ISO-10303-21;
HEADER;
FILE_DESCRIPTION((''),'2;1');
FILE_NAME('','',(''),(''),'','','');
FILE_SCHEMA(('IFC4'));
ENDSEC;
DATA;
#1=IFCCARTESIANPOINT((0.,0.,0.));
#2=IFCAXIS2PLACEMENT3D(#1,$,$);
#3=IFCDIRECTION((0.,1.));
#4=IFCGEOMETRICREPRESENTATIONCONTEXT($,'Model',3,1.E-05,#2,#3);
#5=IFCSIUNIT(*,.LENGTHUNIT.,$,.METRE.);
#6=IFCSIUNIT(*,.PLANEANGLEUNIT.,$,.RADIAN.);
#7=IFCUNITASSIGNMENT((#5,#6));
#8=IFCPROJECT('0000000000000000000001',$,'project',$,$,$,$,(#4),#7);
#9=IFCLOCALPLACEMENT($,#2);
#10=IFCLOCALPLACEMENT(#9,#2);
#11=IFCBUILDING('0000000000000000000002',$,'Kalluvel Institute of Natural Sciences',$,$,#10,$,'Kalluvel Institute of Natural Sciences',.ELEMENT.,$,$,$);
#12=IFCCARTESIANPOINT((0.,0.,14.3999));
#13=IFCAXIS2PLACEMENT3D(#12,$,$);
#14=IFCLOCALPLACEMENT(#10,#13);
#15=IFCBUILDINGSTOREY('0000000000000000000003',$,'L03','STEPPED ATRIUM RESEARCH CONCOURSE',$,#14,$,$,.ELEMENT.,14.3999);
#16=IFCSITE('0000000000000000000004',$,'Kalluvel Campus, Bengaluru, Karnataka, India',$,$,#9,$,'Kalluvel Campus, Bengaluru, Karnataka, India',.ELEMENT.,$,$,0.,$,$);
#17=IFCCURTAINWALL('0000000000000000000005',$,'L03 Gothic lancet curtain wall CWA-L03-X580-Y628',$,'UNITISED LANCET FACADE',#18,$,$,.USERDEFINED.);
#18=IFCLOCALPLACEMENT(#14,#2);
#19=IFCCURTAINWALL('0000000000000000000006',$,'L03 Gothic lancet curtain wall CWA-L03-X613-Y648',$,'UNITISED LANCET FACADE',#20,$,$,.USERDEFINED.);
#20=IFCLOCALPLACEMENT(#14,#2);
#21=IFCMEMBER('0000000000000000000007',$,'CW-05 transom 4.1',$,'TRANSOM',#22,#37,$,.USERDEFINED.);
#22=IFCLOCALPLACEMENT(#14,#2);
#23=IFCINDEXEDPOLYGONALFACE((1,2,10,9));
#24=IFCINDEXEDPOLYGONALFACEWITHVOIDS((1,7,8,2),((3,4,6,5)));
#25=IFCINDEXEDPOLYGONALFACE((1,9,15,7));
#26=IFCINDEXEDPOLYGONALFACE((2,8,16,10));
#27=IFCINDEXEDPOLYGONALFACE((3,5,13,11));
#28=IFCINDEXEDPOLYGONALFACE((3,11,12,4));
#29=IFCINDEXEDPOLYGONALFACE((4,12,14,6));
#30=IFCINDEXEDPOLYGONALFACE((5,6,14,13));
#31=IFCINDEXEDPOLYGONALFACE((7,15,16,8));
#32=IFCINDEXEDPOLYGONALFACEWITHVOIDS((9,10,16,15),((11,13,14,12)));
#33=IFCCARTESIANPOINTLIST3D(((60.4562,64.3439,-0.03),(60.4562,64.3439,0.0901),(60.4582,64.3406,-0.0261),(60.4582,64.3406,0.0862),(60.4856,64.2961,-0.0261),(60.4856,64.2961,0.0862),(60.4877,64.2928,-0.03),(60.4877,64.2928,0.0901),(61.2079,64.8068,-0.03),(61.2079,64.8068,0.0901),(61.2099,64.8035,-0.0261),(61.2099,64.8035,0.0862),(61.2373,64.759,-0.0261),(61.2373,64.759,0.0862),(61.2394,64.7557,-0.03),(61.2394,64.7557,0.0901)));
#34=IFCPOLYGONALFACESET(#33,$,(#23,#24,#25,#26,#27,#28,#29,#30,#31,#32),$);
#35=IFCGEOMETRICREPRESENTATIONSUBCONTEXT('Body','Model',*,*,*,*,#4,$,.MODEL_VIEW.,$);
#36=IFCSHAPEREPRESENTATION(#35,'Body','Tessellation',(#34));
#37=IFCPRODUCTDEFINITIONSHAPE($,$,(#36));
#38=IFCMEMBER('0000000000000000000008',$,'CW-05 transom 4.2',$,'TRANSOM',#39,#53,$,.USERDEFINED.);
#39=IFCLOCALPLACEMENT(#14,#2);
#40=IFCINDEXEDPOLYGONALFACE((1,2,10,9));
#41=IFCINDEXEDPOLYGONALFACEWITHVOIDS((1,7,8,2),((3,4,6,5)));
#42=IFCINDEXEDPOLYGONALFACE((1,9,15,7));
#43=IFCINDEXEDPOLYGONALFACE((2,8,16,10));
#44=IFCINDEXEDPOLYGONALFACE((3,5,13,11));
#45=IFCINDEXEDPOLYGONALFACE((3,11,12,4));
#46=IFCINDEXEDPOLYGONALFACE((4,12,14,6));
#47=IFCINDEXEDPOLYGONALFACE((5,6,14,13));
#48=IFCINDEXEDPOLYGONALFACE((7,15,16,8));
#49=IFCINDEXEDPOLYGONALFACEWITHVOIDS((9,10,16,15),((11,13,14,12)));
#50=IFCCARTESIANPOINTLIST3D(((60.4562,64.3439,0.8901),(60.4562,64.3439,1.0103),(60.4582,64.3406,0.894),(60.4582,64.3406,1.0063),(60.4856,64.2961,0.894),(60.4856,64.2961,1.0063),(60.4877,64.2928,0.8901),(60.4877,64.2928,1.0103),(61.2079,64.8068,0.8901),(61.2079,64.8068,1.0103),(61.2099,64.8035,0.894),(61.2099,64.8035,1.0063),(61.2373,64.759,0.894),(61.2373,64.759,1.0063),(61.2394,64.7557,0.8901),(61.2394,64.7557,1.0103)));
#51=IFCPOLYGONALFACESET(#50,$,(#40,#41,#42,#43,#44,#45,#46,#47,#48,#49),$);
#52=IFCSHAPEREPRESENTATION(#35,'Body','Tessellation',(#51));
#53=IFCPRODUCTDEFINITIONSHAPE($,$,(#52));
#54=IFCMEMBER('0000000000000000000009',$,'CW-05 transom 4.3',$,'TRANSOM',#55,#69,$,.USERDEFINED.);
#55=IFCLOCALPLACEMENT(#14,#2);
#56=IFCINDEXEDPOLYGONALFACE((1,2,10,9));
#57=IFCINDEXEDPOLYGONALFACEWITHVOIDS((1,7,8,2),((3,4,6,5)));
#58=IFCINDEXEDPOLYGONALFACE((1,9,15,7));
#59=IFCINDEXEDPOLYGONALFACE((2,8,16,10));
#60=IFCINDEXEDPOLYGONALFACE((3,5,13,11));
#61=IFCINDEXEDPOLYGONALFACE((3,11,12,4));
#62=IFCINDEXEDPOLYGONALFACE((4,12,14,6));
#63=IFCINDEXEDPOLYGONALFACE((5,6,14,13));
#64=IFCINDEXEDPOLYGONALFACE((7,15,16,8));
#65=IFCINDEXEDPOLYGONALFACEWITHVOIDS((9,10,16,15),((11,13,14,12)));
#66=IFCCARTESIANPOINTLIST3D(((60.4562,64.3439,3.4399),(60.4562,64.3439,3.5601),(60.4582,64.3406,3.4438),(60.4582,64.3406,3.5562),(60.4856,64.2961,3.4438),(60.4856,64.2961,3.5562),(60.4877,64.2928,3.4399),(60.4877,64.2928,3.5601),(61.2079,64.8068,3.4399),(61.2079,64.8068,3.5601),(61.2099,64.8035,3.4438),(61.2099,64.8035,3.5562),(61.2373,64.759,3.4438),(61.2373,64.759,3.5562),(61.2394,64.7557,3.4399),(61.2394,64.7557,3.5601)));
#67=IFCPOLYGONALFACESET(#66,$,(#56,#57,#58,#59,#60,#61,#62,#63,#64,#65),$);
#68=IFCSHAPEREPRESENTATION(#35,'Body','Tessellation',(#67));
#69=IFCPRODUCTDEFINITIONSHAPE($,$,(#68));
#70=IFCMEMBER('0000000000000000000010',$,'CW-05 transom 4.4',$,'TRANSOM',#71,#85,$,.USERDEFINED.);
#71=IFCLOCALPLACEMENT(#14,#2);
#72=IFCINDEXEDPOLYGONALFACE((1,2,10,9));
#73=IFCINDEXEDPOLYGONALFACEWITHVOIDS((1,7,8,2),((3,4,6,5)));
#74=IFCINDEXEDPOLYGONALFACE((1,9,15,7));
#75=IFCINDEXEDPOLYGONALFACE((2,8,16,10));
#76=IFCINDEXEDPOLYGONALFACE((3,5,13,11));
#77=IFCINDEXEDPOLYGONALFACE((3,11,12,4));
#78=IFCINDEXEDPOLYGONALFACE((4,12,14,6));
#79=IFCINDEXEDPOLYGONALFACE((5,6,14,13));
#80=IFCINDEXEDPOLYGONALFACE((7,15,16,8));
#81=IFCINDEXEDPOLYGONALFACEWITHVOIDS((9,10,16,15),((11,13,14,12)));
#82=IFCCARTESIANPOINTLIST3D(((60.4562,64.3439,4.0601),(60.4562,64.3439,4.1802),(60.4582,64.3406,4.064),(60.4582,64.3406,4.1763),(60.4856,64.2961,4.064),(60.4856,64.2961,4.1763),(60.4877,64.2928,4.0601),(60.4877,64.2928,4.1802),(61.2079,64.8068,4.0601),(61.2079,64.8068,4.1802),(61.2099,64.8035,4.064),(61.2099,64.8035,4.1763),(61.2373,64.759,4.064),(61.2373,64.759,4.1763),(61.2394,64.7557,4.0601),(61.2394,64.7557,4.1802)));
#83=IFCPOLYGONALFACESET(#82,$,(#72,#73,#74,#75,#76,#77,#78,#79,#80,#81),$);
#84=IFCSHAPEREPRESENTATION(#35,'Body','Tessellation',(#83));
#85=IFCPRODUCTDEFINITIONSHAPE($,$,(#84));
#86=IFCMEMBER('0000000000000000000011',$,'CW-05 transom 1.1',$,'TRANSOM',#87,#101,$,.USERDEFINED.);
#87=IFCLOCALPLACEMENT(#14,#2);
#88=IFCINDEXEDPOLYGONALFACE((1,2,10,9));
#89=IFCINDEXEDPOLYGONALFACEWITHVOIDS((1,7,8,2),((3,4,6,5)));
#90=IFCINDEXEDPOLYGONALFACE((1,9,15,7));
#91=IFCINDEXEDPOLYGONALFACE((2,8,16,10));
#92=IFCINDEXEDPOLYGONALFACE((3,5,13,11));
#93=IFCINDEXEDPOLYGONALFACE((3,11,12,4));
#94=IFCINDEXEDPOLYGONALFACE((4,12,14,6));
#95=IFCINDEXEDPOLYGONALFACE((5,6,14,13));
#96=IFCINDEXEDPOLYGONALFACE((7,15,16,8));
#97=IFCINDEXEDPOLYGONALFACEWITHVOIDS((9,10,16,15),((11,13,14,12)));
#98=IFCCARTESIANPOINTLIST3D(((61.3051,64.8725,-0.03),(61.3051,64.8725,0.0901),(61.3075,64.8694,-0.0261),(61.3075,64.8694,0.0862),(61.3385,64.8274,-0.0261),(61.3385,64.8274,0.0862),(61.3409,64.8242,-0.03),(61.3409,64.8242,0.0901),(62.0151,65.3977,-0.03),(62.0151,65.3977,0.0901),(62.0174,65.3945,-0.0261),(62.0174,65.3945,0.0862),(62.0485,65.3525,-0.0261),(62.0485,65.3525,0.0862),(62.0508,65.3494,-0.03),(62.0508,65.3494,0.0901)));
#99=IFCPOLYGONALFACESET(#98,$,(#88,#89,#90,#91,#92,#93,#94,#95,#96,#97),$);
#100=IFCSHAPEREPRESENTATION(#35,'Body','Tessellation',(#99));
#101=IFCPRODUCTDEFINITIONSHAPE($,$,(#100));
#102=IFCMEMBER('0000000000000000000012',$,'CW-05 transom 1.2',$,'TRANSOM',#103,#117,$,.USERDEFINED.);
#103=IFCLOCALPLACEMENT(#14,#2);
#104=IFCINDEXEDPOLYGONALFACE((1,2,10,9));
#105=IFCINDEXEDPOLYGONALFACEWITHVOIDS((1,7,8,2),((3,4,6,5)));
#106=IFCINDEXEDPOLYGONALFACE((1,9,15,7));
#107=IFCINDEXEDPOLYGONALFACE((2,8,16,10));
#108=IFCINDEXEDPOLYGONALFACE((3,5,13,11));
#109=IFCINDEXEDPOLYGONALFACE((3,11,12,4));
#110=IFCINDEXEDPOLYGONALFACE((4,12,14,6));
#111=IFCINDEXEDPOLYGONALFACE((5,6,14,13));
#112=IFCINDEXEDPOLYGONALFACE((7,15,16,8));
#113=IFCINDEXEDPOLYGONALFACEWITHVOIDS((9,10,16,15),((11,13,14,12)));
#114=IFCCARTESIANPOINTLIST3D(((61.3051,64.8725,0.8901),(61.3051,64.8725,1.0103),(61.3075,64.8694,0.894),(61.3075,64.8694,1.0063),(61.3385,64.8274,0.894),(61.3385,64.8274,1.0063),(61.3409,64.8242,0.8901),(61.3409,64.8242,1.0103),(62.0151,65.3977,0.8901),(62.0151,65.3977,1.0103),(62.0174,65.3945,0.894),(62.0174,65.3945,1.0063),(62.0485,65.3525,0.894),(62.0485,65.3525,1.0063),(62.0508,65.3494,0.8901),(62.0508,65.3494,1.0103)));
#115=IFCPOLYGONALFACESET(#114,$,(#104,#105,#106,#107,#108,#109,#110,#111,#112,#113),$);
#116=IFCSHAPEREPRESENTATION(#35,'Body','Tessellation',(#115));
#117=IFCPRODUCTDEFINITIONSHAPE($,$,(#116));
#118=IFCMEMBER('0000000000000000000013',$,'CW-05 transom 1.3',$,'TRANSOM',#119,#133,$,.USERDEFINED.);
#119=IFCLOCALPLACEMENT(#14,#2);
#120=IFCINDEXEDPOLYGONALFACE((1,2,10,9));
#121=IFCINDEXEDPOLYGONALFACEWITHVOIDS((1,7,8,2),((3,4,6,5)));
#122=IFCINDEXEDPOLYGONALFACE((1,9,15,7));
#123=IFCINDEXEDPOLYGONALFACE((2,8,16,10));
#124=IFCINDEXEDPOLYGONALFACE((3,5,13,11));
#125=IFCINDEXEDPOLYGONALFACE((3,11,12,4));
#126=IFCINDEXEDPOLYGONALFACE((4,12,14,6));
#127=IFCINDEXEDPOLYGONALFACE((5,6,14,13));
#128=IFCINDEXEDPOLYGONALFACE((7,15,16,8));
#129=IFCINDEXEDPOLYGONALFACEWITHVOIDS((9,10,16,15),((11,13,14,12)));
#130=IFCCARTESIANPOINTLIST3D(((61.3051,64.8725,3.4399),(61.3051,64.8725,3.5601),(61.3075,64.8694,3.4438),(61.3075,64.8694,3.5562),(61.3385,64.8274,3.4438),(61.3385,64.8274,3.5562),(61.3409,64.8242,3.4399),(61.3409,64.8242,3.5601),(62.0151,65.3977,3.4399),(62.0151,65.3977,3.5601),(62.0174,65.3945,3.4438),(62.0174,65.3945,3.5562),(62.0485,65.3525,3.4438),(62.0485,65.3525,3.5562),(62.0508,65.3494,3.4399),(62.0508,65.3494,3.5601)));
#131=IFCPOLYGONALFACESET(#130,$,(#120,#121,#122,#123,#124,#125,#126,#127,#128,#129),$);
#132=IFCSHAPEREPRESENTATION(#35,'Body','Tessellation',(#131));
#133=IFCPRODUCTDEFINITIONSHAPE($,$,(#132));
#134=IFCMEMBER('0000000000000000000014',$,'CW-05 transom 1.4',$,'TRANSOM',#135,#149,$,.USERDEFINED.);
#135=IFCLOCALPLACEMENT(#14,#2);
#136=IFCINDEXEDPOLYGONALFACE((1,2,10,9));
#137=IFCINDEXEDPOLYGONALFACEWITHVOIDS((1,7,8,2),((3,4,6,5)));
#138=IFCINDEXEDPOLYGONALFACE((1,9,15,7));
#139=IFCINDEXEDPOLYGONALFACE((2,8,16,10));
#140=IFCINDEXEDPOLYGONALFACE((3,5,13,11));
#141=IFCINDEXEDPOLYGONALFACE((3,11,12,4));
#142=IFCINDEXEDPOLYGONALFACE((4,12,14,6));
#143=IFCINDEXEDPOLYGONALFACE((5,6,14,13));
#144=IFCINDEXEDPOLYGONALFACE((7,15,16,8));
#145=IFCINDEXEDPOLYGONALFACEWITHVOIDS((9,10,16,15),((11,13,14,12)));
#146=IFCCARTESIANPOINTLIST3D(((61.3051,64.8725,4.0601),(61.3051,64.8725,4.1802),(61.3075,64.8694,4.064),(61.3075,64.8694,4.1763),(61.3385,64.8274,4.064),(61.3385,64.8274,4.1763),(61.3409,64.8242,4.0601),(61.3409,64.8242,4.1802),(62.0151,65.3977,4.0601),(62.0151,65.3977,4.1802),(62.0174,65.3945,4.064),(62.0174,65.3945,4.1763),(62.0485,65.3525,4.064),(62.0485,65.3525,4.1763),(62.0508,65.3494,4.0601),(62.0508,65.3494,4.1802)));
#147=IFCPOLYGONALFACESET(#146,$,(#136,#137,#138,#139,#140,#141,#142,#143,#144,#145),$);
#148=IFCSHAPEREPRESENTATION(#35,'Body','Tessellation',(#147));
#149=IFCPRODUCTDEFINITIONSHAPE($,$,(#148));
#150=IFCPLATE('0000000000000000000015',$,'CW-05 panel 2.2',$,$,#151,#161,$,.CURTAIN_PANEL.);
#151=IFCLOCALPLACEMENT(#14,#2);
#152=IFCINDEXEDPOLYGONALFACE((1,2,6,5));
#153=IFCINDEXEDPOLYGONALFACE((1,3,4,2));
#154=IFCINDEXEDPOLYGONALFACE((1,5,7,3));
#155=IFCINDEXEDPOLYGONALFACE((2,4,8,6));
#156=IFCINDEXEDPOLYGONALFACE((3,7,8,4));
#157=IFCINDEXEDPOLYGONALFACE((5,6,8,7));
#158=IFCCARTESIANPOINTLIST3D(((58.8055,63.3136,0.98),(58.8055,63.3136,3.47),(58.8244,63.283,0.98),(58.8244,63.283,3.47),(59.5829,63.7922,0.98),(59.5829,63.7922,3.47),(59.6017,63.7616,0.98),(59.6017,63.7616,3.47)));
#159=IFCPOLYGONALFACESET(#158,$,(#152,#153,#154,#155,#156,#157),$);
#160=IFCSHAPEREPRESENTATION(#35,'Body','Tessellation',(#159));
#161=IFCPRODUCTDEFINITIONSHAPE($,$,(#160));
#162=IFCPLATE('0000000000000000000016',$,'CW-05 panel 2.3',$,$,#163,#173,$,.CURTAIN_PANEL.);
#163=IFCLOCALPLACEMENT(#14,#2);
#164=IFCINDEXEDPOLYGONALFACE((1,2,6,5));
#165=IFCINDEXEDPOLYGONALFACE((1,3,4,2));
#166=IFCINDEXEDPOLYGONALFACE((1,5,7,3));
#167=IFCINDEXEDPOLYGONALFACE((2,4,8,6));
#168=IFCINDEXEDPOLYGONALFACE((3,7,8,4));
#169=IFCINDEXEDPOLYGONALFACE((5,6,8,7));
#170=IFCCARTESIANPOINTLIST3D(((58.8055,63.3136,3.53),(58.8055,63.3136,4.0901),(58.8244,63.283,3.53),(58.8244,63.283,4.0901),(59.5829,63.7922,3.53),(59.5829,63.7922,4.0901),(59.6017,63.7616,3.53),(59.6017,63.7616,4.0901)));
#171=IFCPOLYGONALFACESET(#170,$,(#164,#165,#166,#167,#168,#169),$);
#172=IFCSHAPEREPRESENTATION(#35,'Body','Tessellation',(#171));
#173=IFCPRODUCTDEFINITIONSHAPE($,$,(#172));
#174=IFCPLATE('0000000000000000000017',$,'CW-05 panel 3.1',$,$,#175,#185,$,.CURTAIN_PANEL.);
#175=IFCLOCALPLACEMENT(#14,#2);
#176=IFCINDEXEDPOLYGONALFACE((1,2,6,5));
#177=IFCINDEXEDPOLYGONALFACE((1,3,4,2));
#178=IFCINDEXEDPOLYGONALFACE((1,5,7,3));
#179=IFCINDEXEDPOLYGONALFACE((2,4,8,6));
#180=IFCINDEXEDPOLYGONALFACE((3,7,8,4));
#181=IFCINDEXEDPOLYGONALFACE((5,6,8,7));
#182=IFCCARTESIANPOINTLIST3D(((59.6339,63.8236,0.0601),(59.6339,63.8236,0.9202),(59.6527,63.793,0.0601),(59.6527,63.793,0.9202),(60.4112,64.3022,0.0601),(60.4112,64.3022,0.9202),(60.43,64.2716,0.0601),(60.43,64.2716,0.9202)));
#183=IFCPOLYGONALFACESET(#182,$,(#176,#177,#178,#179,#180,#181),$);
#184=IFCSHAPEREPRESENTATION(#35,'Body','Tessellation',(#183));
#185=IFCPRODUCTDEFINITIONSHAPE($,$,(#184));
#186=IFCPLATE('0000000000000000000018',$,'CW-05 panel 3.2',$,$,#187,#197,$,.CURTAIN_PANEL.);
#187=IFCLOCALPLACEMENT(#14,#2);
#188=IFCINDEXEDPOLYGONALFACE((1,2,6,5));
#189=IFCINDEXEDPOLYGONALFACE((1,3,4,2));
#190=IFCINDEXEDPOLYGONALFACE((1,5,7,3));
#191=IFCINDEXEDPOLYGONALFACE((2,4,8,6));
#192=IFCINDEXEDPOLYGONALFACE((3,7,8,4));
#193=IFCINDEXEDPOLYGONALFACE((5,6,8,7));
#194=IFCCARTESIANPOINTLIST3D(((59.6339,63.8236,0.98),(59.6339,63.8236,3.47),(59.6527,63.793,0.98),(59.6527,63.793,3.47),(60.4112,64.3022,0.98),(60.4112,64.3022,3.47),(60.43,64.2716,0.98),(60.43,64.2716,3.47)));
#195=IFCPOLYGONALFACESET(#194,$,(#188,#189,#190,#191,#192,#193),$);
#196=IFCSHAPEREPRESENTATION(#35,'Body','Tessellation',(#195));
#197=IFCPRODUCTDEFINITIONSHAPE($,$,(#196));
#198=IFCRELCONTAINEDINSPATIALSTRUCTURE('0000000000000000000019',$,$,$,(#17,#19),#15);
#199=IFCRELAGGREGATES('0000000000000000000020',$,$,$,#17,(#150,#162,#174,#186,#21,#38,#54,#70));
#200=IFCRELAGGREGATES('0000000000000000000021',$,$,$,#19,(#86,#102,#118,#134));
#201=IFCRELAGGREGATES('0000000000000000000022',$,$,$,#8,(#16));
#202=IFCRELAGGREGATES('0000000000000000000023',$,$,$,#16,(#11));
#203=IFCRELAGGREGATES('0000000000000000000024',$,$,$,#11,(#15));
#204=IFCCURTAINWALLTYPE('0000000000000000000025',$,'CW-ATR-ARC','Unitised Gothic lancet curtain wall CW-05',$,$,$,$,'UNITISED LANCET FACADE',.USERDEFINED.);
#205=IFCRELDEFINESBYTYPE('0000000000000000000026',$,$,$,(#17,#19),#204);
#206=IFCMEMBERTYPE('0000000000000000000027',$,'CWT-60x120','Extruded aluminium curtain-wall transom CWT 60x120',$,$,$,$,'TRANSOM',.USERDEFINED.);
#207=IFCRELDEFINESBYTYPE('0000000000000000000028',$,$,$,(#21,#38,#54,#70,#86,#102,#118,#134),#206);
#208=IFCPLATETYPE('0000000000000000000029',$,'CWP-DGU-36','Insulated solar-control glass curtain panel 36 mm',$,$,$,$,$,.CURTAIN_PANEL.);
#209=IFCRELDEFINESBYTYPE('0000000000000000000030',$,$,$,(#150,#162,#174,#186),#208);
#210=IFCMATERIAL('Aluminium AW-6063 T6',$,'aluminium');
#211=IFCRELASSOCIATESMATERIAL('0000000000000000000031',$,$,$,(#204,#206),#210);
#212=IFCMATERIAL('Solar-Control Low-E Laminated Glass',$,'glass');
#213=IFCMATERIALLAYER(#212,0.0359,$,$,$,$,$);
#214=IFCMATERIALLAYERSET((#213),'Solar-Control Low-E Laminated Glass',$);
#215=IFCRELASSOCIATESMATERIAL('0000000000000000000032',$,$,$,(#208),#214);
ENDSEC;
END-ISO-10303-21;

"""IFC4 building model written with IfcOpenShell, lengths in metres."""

from ifc_helpers import new_model, si_unit, direction, frame, origin, origin_2d, place, context, subcontext, project, spatial, rectangle, hollow_rectangle, extrude, material, layer, layer_set, material_profile, profile_set, type_object, element, aggregate, save


model = new_model("IFC4")

# Units and contexts
model_context = context("Model", 3, precision=1e-05, world=origin(), true_north=direction((0.0, 1.0)))
body_context = subcontext(model_context, "Body", "Model", "MODEL_VIEW")
ifc_project = project(units=[si_unit("LENGTHUNIT", "METRE"), si_unit("PLANEANGLEUNIT", "RADIAN")], contexts=[model_context])

# Site, building, storey
site_placement = place(None, origin())
site = spatial("IfcSite", under=ifc_project, at=site_placement, Name="Kalluvel Campus, Bengaluru, Karnataka, India", LongName="Kalluvel Campus, Bengaluru, Karnataka, India", CompositionType="ELEMENT", RefElevation=0.0)
building_placement = place(site_placement, origin())
building = spatial("IfcBuilding", under=site, at=building_placement, Name="Kalluvel Institute of Natural Sciences", LongName="Kalluvel Institute of Natural Sciences", CompositionType="ELEMENT")
storey_placement = place(building_placement, frame((0.0, 0.0, 14.3999)))
storey = spatial("IfcBuildingStorey", under=building, at=storey_placement, Name="L03", Description="STEPPED ATRIUM RESEARCH CONCOURSE", CompositionType="ELEMENT", Elevation=14.3999)

# Curtain wall
ifc_material_1 = material(Name="Aluminium AW-6063 T6", Category="aluminium")
curtain_wall_type = type_object("IfcCurtainWallType", Name="CW-ATR-ARC", Description="Unitised Gothic lancet curtain wall CW-05", ElementType="UNITISED LANCET FACADE", PredefinedType="USERDEFINED", material=ifc_material_1)
curtain_wall_1_placement = place(storey_placement, origin())
curtain_wall_1 = element("IfcCurtainWall", 1, at=curtain_wall_1_placement, inside=storey, type_object=curtain_wall_type, Name="L03 Gothic lancet curtain wall CWA-L03-X580-Y628", ObjectType="UNITISED LANCET FACADE", PredefinedType="USERDEFINED")

# Curtain wall
curtain_wall_2_placement = place(storey_placement, origin())
curtain_wall_2 = element("IfcCurtainWall", 2, at=curtain_wall_2_placement, inside=storey, type_object=curtain_wall_type, Name="L03 Gothic lancet curtain wall CWA-L03-X613-Y648", ObjectType="UNITISED LANCET FACADE", PredefinedType="USERDEFINED")

# Members
ifc_material_profile_1 = material_profile(ifc_material_1, hollow_rectangle(XDim=0.0601, YDim=0.1201, WallThickness=0.0039, at=origin_2d()), Name="CWT 60x120")
ifc_profile_set_1 = profile_set([ifc_material_profile_1], Name="Aluminium AW-6063 T6")
member_type_1 = type_object("IfcMemberType", Name="CWT-60x120", Description="Extruded aluminium curtain-wall transom CWT 60x120", ElementType="TRANSOM", PredefinedType="USERDEFINED", material=ifc_profile_set_1)
member_1_placement = place(storey_placement, frame((60.4719, 64.3184, 0.03), z_axis=(0.851506, 0.524344, 0.0), x_axis=(-0.524344, 0.851506, 0.0)))
member_1 = element("IfcMember", 3, at=member_1_placement, type_object=member_type_1, Name="CW-05 transom 4.1", ObjectType="TRANSOM", PredefinedType="USERDEFINED", context=body_context, shape_type="SweptSolid", body=[
    extrude(hollow_rectangle(XDim=0.0601, YDim=0.1201, WallThickness=0.0039, at=origin_2d()), origin(), (0.0, 0.0, 1.0), 0.8828),
])
member_2_placement = place(storey_placement, frame((60.4719, 64.3184, 0.9502), z_axis=(0.851506, 0.524344, 0.0), x_axis=(-0.524344, 0.851506, 0.0)))
member_2 = element("IfcMember", 4, at=member_2_placement, type_object=member_type_1, Name="CW-05 transom 4.2", ObjectType="TRANSOM", PredefinedType="USERDEFINED", context=body_context, shape_type="SweptSolid", body=[
    extrude(hollow_rectangle(XDim=0.0601, YDim=0.1201, WallThickness=0.0039, at=origin_2d()), origin(), (0.0, 0.0, 1.0), 0.8828),
])
member_3_placement = place(storey_placement, frame((60.4719, 64.3184, 3.5), z_axis=(0.851506, 0.524344, 0.0), x_axis=(-0.524344, 0.851506, 0.0)))
member_3 = element("IfcMember", 5, at=member_3_placement, type_object=member_type_1, Name="CW-05 transom 4.3", ObjectType="TRANSOM", PredefinedType="USERDEFINED", context=body_context, shape_type="SweptSolid", body=[
    extrude(hollow_rectangle(XDim=0.0601, YDim=0.1201, WallThickness=0.0039, at=origin_2d()), origin(), (0.0, 0.0, 1.0), 0.8828),
])
member_4_placement = place(storey_placement, frame((60.4719, 64.3184, 4.1201), z_axis=(0.851506, 0.524344, 0.0), x_axis=(-0.524344, 0.851506, 0.0)))
member_4 = element("IfcMember", 6, at=member_4_placement, type_object=member_type_1, Name="CW-05 transom 4.4", ObjectType="TRANSOM", PredefinedType="USERDEFINED", context=body_context, shape_type="SweptSolid", body=[
    extrude(hollow_rectangle(XDim=0.0601, YDim=0.1201, WallThickness=0.0039, at=origin_2d()), origin(), (0.0, 0.0, 1.0), 0.8828),
])
member_5_placement = place(storey_placement, frame((61.323, 64.8484, 0.03), z_axis=(0.803964, 0.594679, 0.0), x_axis=(-0.594679, 0.803964, 0.0)))
member_5 = element("IfcMember", 7, at=member_5_placement, type_object=member_type_1, Name="CW-05 transom 1.1", ObjectType="TRANSOM", PredefinedType="USERDEFINED", context=body_context, shape_type="SweptSolid", body=[
    extrude(hollow_rectangle(XDim=0.0601, YDim=0.1201, WallThickness=0.0039, at=origin_2d()), origin(), (0.0, 0.0, 1.0), 0.8831),
])
member_6_placement = place(storey_placement, frame((61.323, 64.8484, 0.9502), z_axis=(0.803964, 0.594679, 0.0), x_axis=(-0.594679, 0.803964, 0.0)))
member_6 = element("IfcMember", 8, at=member_6_placement, type_object=member_type_1, Name="CW-05 transom 1.2", ObjectType="TRANSOM", PredefinedType="USERDEFINED", context=body_context, shape_type="SweptSolid", body=[
    extrude(hollow_rectangle(XDim=0.0601, YDim=0.1201, WallThickness=0.0039, at=origin_2d()), origin(), (0.0, 0.0, 1.0), 0.8831),
])
member_7_placement = place(storey_placement, frame((61.323, 64.8484, 3.5), z_axis=(0.803964, 0.594679, 0.0), x_axis=(-0.594679, 0.803964, 0.0)))
member_7 = element("IfcMember", 9, at=member_7_placement, type_object=member_type_1, Name="CW-05 transom 1.3", ObjectType="TRANSOM", PredefinedType="USERDEFINED", context=body_context, shape_type="SweptSolid", body=[
    extrude(hollow_rectangle(XDim=0.0601, YDim=0.1201, WallThickness=0.0039, at=origin_2d()), origin(), (0.0, 0.0, 1.0), 0.8831),
])
member_8_placement = place(storey_placement, frame((61.323, 64.8484, 4.1201), z_axis=(0.803964, 0.594679, 0.0), x_axis=(-0.594679, 0.803964, 0.0)))
member_8 = element("IfcMember", 10, at=member_8_placement, type_object=member_type_1, Name="CW-05 transom 1.4", ObjectType="TRANSOM", PredefinedType="USERDEFINED", context=body_context, shape_type="SweptSolid", body=[
    extrude(hollow_rectangle(XDim=0.0601, YDim=0.1201, WallThickness=0.0039, at=origin_2d()), origin(), (0.0, 0.0, 1.0), 0.8831),
])

# Plates
ifc_material_2 = material(Name="Solar-Control Low-E Laminated Glass", Category="glass")
ifc_layer = layer(ifc_material_2, 0.0359)
ifc_layer_set = layer_set([ifc_layer], Name="Solar-Control Low-E Laminated Glass")
plate_type = type_object("IfcPlateType", Name="CWP-DGU-36", Description="Insulated solar-control glass curtain panel 36 mm", PredefinedType="CURTAIN_PANEL", material=ifc_layer_set)
plate_1_placement = place(storey_placement, frame((59.2036, 63.5376, 0.98), z_axis=(0.0, 0.0, 1.0), x_axis=(0.85153, 0.524305, 0.0)))
plate_1 = element("IfcPlate", 11, at=plate_1_placement, type_object=plate_type, Name="CW-05 panel 2.2", PredefinedType="CURTAIN_PANEL", context=body_context, shape_type="SweptSolid", body=[
    extrude(rectangle(XDim=0.9128, YDim=0.0359, at=origin_2d()), origin(), (0.0, 0.0, 1.0), 2.49),
])
plate_2_placement = place(storey_placement, frame((59.2036, 63.5376, 3.53), z_axis=(0.0, 0.0, 1.0), x_axis=(0.85153, 0.524305, 0.0)))
plate_2 = element("IfcPlate", 12, at=plate_2_placement, type_object=plate_type, Name="CW-05 panel 2.3", PredefinedType="CURTAIN_PANEL", context=body_context, shape_type="SweptSolid", body=[
    extrude(rectangle(XDim=0.9128, YDim=0.0359, at=origin_2d()), origin(), (0.0, 0.0, 1.0), 0.5601),
])
plate_3_placement = place(storey_placement, frame((60.032, 64.0476, 0.0601), z_axis=(0.0, 0.0, 1.0), x_axis=(0.85153, 0.524305, 0.0)))
plate_3 = element("IfcPlate", 13, at=plate_3_placement, type_object=plate_type, Name="CW-05 panel 3.1", PredefinedType="CURTAIN_PANEL", context=body_context, shape_type="SweptSolid", body=[
    extrude(rectangle(XDim=0.9128, YDim=0.0359, at=origin_2d()), origin(), (0.0, 0.0, 1.0), 0.8601),
])
plate_4_placement = place(storey_placement, frame((60.032, 64.0476, 0.98), z_axis=(0.0, 0.0, 1.0), x_axis=(0.85153, 0.524305, 0.0)))
plate_4 = element("IfcPlate", 14, at=plate_4_placement, type_object=plate_type, Name="CW-05 panel 3.2", PredefinedType="CURTAIN_PANEL", context=body_context, shape_type="SweptSolid", body=[
    extrude(rectangle(XDim=0.9128, YDim=0.0359, at=origin_2d()), origin(), (0.0, 0.0, 1.0), 2.49),
])
aggregate(curtain_wall_1, [plate_1, plate_2, plate_3, plate_4, member_1, member_2, member_3, member_4])
aggregate(curtain_wall_2, [member_5, member_6, member_7, member_8])

save(model, "model.ifc")
